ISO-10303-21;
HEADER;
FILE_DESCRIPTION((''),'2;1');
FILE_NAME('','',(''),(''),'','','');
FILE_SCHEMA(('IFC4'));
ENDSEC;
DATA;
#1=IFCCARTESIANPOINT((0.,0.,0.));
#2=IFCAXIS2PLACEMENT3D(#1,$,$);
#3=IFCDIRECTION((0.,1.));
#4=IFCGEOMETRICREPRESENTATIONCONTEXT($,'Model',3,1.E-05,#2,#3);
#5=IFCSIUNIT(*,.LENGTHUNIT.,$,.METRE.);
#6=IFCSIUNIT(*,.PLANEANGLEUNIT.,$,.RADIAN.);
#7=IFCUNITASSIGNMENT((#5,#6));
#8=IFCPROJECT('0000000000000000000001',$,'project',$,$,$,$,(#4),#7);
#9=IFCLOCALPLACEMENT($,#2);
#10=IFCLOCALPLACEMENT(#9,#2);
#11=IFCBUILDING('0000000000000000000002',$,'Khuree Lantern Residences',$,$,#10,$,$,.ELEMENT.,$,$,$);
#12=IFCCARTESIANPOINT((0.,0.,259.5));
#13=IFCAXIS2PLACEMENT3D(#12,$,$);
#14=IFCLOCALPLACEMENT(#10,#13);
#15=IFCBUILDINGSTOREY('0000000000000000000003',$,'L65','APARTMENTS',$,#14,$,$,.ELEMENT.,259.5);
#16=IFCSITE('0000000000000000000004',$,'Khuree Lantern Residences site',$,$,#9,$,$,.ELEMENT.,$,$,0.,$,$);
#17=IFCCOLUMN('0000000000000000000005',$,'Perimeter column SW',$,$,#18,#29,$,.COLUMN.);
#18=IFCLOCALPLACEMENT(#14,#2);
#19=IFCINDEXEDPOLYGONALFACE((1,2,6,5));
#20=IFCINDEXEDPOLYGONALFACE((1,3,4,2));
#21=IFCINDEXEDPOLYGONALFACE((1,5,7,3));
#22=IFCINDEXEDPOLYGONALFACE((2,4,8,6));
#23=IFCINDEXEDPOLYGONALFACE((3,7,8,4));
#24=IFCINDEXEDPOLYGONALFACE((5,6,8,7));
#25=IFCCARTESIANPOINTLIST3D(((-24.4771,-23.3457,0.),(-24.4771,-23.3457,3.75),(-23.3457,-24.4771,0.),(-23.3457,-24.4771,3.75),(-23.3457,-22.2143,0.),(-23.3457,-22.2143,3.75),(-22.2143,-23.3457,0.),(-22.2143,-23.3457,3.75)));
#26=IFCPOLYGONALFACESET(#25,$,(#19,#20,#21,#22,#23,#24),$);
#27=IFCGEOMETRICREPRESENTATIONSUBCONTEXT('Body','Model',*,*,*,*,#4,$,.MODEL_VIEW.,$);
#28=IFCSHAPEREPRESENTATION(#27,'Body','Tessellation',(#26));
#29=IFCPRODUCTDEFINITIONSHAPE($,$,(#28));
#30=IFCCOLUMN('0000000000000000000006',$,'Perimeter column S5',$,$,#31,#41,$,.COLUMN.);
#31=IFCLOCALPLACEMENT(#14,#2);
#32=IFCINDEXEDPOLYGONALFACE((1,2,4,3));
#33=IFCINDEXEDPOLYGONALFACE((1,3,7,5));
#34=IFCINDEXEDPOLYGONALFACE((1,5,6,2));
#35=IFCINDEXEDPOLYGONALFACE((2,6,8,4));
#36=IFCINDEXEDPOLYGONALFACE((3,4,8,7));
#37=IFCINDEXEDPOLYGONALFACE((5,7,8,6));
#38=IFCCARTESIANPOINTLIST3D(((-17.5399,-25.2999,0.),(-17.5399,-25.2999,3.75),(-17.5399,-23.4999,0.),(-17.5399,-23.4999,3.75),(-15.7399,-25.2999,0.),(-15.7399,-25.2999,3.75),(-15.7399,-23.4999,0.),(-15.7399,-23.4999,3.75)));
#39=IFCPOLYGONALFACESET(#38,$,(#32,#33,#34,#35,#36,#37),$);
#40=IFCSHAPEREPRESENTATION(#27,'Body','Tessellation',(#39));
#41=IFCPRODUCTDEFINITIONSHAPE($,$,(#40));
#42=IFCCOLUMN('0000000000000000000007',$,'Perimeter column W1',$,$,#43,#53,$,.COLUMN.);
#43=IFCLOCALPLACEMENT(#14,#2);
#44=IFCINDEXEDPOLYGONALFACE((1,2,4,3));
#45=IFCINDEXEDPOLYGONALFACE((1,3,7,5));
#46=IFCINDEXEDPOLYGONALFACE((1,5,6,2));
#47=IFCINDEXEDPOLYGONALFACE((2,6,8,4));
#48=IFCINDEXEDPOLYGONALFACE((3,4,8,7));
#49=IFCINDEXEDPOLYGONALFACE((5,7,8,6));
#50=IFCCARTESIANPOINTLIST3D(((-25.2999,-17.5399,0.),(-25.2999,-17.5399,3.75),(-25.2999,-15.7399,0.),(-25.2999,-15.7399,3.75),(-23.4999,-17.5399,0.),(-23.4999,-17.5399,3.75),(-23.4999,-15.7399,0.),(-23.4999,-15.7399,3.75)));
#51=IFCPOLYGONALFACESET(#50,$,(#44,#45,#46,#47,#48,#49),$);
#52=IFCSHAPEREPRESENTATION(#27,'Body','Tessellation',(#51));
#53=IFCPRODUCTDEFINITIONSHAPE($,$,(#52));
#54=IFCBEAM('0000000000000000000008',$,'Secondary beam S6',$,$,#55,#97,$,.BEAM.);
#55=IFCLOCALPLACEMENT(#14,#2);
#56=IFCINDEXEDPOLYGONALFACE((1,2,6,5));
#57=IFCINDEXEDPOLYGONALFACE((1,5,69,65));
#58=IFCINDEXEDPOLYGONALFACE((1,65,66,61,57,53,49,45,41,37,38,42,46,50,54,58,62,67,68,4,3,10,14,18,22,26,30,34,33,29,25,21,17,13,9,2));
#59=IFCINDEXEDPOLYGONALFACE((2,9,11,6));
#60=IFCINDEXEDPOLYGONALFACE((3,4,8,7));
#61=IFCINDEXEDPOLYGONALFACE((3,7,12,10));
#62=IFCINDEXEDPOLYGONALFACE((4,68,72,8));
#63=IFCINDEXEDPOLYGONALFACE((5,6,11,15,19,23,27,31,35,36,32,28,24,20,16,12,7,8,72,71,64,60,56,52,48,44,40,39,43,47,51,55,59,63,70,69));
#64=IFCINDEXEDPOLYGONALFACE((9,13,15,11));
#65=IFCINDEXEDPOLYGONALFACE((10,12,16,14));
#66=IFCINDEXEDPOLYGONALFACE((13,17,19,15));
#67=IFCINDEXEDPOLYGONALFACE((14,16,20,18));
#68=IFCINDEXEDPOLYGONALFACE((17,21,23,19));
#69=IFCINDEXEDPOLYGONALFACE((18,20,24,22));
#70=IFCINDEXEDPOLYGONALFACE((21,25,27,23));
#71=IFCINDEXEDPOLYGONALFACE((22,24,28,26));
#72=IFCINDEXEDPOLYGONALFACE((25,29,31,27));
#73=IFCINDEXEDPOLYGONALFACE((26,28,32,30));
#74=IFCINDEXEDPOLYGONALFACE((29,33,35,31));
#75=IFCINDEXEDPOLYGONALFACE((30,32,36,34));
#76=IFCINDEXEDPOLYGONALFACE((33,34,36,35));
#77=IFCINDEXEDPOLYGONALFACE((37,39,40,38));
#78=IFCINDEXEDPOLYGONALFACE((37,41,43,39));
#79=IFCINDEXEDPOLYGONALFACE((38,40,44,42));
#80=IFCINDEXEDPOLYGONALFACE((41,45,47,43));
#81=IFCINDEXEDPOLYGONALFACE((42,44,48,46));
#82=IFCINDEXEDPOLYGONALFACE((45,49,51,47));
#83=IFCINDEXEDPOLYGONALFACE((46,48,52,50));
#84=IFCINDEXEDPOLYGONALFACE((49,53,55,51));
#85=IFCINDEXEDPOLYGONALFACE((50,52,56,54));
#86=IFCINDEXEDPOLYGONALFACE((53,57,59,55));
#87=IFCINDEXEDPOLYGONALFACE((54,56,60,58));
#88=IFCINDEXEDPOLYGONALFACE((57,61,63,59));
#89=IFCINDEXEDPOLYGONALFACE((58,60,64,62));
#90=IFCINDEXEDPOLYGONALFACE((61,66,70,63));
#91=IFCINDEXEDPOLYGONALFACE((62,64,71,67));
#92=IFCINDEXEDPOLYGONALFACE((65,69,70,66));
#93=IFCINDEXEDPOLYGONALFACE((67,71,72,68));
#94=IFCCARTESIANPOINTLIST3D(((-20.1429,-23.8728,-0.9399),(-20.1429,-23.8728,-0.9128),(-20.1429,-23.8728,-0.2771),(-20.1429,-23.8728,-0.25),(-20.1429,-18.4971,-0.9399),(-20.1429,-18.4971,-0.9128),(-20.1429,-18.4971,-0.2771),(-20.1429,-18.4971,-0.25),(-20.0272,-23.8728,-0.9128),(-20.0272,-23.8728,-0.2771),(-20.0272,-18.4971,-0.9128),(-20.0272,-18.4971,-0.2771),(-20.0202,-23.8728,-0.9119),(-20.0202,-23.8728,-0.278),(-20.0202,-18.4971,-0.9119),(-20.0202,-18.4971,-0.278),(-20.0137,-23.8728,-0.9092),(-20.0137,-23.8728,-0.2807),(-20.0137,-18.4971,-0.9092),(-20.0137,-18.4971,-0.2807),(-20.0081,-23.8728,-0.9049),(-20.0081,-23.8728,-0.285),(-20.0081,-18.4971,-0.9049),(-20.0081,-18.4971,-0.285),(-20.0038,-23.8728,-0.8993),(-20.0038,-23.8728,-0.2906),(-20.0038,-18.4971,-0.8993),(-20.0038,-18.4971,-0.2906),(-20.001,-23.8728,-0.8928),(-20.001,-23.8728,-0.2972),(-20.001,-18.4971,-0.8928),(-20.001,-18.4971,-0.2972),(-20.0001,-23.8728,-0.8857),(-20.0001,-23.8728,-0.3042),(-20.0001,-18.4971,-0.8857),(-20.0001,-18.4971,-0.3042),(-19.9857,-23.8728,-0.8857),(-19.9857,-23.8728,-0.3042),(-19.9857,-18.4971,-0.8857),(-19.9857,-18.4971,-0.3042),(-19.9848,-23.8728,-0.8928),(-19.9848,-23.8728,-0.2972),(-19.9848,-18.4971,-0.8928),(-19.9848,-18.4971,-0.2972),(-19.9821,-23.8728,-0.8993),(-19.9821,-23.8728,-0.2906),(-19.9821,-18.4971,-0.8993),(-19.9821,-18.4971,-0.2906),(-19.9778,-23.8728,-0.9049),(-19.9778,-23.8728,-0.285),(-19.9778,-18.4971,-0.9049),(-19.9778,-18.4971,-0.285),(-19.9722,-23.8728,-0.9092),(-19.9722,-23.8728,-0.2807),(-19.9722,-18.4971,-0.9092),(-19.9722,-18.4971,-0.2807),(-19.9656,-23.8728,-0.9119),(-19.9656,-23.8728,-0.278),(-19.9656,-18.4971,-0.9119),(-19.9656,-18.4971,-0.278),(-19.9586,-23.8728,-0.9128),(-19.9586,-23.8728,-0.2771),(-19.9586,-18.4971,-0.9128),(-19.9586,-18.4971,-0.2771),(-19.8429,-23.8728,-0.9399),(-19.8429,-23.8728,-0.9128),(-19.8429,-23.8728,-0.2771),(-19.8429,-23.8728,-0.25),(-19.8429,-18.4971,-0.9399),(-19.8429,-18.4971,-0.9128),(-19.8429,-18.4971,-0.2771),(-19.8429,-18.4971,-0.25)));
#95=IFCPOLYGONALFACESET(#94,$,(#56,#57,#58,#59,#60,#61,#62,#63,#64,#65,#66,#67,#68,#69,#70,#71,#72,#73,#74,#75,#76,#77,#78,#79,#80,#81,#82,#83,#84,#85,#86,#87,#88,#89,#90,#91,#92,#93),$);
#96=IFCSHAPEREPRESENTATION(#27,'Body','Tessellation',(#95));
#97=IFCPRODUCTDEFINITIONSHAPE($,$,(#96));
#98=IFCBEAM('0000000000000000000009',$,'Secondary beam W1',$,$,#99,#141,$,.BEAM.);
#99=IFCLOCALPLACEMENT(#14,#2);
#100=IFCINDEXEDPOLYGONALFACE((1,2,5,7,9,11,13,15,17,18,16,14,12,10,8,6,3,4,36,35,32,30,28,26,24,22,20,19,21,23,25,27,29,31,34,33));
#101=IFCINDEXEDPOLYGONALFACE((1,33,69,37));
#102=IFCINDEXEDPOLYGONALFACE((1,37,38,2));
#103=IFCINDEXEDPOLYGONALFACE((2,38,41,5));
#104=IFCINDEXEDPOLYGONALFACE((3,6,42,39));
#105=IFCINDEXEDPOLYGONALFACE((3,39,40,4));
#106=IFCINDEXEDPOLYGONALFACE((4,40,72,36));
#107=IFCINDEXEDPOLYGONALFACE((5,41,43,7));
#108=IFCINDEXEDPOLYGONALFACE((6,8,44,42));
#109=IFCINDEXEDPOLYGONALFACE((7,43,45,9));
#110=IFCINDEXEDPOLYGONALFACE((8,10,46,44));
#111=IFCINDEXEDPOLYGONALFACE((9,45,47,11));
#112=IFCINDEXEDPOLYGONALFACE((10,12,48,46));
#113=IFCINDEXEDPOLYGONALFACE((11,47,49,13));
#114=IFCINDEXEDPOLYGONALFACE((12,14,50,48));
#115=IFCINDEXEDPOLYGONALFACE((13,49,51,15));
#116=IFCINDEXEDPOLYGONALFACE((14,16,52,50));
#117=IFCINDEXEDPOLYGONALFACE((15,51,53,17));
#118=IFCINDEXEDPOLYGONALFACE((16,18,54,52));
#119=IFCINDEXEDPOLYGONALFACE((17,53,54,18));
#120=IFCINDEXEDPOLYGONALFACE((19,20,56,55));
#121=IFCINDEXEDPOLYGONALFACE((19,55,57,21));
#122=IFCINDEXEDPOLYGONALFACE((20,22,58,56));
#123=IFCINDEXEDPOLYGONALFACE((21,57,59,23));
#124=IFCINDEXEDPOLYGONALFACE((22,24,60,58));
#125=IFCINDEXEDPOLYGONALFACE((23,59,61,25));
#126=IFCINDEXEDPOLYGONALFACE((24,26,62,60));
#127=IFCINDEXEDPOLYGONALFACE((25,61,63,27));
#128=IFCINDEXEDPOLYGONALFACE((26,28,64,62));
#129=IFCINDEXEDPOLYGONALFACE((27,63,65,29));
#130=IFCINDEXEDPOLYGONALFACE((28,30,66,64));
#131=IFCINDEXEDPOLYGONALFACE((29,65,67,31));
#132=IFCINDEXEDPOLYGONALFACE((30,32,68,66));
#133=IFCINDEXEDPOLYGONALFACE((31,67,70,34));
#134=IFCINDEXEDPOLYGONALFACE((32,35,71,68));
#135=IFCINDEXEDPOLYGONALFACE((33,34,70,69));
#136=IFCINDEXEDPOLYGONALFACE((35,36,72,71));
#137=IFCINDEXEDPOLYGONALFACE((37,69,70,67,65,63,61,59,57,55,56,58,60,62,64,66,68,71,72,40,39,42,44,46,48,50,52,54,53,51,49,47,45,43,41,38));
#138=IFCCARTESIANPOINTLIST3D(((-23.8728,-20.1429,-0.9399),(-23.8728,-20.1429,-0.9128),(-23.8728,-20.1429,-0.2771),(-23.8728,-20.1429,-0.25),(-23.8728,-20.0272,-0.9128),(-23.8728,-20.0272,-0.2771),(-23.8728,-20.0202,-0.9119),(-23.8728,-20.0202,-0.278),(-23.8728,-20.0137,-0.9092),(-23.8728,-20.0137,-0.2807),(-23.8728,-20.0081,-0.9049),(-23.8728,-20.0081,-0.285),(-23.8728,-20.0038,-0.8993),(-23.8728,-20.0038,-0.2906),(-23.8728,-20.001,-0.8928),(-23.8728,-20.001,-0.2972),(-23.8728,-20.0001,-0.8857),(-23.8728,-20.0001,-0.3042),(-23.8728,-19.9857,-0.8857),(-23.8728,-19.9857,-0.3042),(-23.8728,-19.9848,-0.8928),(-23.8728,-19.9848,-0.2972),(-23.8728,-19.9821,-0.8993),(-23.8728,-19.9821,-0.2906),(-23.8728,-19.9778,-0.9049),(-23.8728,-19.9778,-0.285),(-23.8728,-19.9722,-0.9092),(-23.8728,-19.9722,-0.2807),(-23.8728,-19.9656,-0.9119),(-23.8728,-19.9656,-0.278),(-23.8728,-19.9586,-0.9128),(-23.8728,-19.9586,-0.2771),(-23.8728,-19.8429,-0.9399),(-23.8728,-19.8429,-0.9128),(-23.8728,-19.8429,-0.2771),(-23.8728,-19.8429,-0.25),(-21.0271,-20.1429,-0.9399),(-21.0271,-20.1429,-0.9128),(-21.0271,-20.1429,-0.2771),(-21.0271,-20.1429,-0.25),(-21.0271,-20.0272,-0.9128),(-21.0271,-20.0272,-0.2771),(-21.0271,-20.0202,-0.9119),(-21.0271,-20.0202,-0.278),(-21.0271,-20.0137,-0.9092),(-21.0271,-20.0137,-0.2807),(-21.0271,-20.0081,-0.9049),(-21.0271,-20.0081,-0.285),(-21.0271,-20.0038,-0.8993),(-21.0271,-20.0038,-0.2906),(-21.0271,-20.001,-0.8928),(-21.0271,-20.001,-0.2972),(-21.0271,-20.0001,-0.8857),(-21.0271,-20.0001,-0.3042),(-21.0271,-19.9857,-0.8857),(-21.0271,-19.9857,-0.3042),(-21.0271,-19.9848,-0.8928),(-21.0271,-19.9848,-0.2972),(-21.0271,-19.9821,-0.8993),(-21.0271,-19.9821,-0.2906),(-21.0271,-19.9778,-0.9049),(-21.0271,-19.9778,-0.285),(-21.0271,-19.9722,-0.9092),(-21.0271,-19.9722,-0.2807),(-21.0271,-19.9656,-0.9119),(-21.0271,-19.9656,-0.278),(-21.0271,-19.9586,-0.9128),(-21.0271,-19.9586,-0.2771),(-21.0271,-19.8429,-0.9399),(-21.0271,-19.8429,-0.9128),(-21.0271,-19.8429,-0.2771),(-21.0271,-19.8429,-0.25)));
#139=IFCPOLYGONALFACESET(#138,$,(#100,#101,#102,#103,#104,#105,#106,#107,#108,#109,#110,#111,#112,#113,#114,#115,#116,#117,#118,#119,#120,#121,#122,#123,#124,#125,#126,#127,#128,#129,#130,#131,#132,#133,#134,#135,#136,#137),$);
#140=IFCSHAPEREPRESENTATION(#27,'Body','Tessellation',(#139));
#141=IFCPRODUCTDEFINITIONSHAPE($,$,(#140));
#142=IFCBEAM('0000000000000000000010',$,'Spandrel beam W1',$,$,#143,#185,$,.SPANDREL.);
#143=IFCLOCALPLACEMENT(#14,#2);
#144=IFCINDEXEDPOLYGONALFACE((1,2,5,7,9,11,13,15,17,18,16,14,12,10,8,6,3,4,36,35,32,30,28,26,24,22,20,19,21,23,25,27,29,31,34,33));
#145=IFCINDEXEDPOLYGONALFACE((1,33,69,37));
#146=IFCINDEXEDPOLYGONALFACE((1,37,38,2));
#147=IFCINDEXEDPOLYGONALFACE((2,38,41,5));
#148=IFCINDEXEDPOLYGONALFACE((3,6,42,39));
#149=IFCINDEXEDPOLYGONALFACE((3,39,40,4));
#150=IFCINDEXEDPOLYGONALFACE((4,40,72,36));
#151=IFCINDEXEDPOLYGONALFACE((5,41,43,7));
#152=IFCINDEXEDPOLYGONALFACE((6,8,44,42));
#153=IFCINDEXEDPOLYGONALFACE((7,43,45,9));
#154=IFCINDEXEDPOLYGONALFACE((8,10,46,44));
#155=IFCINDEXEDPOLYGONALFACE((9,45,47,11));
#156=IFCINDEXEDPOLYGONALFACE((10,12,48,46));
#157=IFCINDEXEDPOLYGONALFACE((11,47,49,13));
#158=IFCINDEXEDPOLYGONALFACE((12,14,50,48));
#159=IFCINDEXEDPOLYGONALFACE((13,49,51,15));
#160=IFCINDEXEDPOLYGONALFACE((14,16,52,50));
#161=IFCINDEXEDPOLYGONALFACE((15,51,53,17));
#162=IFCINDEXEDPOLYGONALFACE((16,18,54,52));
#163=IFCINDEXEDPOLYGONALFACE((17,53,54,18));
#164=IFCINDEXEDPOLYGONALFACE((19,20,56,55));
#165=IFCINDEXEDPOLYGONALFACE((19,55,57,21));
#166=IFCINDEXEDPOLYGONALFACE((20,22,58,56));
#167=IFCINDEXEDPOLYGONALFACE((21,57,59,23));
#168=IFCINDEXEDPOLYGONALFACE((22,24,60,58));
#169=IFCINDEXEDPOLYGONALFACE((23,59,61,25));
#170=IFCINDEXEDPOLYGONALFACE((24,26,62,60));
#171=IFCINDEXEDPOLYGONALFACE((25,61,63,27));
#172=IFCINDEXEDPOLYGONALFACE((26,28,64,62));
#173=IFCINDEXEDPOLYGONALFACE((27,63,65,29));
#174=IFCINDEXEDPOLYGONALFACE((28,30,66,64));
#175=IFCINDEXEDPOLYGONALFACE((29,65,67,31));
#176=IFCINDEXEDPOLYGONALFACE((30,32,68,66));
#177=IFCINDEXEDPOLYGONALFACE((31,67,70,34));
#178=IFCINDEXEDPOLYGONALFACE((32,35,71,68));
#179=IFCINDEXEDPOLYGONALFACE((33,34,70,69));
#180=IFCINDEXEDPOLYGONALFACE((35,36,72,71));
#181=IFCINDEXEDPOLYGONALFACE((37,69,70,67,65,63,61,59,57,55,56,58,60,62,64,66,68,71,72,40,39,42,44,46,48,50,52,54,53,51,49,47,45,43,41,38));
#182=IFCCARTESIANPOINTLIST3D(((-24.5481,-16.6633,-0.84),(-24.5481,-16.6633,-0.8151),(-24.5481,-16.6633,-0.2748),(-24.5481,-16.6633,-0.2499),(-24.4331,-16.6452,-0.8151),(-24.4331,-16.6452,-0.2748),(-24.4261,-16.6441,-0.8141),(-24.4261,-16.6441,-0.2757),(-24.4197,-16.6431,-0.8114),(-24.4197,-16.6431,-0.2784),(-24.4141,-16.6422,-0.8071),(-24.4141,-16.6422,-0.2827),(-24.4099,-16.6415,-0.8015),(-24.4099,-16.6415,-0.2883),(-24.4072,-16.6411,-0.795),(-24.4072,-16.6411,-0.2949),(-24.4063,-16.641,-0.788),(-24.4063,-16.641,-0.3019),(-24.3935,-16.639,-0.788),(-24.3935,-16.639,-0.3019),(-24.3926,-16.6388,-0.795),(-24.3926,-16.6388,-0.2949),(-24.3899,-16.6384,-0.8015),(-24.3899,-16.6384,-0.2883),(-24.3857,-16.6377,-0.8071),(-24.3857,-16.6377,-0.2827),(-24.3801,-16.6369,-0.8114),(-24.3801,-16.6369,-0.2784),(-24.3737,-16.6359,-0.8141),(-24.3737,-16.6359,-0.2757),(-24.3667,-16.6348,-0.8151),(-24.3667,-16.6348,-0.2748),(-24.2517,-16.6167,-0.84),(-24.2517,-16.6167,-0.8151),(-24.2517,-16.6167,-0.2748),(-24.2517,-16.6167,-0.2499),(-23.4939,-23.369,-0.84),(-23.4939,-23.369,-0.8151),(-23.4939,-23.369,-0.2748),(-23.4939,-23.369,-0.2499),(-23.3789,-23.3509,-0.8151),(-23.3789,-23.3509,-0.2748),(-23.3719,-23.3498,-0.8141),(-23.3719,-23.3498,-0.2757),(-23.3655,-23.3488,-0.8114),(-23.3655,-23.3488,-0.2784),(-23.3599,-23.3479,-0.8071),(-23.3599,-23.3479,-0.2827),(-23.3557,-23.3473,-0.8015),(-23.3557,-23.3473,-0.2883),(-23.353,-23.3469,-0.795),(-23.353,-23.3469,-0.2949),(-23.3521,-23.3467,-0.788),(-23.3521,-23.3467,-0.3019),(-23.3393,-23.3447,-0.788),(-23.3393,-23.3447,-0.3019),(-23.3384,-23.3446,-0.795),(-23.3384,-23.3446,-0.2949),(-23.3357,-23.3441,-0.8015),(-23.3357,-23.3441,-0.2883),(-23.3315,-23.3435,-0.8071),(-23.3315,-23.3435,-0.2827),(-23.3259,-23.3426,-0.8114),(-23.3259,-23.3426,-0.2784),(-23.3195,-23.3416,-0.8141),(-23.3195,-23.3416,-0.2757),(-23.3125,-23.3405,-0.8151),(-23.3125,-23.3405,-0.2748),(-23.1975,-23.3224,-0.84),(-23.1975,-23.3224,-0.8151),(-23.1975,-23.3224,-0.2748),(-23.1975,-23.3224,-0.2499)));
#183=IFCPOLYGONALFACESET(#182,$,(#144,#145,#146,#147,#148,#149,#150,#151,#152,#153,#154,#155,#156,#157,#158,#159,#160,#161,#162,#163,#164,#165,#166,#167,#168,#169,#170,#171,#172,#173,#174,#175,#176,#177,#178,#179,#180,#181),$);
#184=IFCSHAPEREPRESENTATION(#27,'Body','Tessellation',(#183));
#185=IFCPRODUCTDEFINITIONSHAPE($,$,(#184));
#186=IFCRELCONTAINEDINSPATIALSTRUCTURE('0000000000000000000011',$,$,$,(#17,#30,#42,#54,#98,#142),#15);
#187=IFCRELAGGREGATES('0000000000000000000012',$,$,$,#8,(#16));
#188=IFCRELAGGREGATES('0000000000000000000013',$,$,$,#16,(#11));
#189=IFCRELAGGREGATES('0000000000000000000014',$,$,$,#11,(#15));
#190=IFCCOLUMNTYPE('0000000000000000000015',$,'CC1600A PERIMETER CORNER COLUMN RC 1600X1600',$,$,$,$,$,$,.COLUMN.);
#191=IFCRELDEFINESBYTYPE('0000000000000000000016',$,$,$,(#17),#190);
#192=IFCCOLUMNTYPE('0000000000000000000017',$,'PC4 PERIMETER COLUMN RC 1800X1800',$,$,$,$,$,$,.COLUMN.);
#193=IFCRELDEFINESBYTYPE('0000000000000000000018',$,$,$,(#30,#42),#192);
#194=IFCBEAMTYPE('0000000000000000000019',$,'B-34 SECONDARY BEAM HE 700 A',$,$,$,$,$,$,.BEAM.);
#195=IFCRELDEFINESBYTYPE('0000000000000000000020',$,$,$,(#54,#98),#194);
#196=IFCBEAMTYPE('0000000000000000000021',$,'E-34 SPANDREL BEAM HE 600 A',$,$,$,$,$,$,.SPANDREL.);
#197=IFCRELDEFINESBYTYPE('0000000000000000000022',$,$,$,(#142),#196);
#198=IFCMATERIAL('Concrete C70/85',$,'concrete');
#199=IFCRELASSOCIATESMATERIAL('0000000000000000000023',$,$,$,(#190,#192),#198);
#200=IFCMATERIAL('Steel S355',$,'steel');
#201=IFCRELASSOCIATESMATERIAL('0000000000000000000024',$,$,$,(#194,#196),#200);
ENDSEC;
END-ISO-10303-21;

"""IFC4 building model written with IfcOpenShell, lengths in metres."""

from ifc_helpers import new_model, si_unit, direction, frame, origin, origin_2d, place, context, subcontext, project, spatial, rectangle, i_section, extrude, material, material_profile, profile_set, type_object, element, save


model = new_model("IFC4")

# Units and contexts
model_context = context("Model", 3, precision=1e-05, world=origin(), true_north=direction((0.0, 1.0)))
body_context = subcontext(model_context, "Body", "Model", "MODEL_VIEW")
ifc_project = project(units=[si_unit("LENGTHUNIT", "METRE"), si_unit("PLANEANGLEUNIT", "RADIAN")], contexts=[model_context])

# Site, building, storey
site_placement = place(None, origin())
site = spatial("IfcSite", under=ifc_project, at=site_placement, Name="Khuree Lantern Residences site", CompositionType="ELEMENT", RefElevation=0.0)
building_placement = place(site_placement, origin())
building = spatial("IfcBuilding", under=site, at=building_placement, Name="Khuree Lantern Residences", CompositionType="ELEMENT")
storey_placement = place(building_placement, frame((0.0, 0.0, 259.5)))
storey = spatial("IfcBuildingStorey", under=building, at=storey_placement, Name="L65", Description="APARTMENTS", CompositionType="ELEMENT", Elevation=259.5)

# Columns
ifc_material_1 = material(Name="Concrete C70/85", Category="concrete")
ifc_material_profile_1 = material_profile(ifc_material_1, rectangle(XDim=1.6001, YDim=1.6001, at=origin_2d()), Name="RC 1600X1600")
ifc_profile_set_1 = profile_set([ifc_material_profile_1], Name="Concrete C70/85")
column_type_1 = type_object("IfcColumnType", Name="CC1600A PERIMETER CORNER COLUMN RC 1600X1600", PredefinedType="COLUMN", material=ifc_profile_set_1)
column_placement = place(storey_placement, frame((-23.3457, -23.3457, 0.0), z_axis=(0.0, 0.0, 1.0), x_axis=(0.707107, -0.707107, 0.0)))
element("IfcColumn", 1, at=column_placement, inside=storey, type_object=column_type_1, Name="Perimeter column SW", PredefinedType="COLUMN", context=body_context, shape_type="SweptSolid", body=[
    extrude(rectangle(XDim=1.6001, YDim=1.6001, at=origin_2d()), origin(), (0.0, 0.0, 1.0), 3.75),
])
ifc_material_profile_2 = material_profile(ifc_material_1, rectangle(XDim=1.8, YDim=1.8, at=origin_2d()), Name="RC 1800X1800")
ifc_profile_set_2 = profile_set([ifc_material_profile_2], Name="Concrete C70/85")
column_type_2 = type_object("IfcColumnType", Name="PC4 PERIMETER COLUMN RC 1800X1800", PredefinedType="COLUMN", material=ifc_profile_set_2)
for number, where, z_axis, x_axis, name in (
    (2, (-16.6399, -24.3999, 0.0), (0.0, 0.0, 1.0), (1.0, 0.0, 0.0), "Perimeter column S5"),
    (3, (-24.3999, -16.6399, 0.0), (0.0, 0.0, 1.0), (0.0, 1.0, 0.0), "Perimeter column W1"),
):
    element("IfcColumn", number, at=place(storey_placement, frame(where, z_axis=z_axis, x_axis=x_axis)), inside=storey, type_object=column_type_2, Name=name, PredefinedType="COLUMN", context=body_context, shape_type="SweptSolid", body=[
        extrude(rectangle(XDim=1.8, YDim=1.8, at=origin_2d()), origin(), (0.0, 0.0, 1.0), 3.75),
    ])

# Beams
ifc_material_2 = material(Name="Steel S355", Category="steel")
ifc_material_profile_3 = material_profile(ifc_material_2, i_section(OverallWidth=0.3, OverallDepth=0.6899, WebThickness=0.0144, FlangeThickness=0.0271, FilletRadius=0.0271, at=origin_2d()), Name="HE 700 A")
ifc_profile_set_3 = profile_set([ifc_material_profile_3], Name="Steel S355")
beam_type_1 = type_object("IfcBeamType", Name="B-34 SECONDARY BEAM HE 700 A", PredefinedType="BEAM", material=ifc_profile_set_3)
beam_1_placement = place(storey_placement, frame((-19.9929, -23.8728, -0.595), z_axis=(0.0, 1.0, 0.0), x_axis=(-1.0, 0.0, 0.0)))
element("IfcBeam", 4, at=beam_1_placement, inside=storey, type_object=beam_type_1, Name="Secondary beam S6", PredefinedType="BEAM", context=body_context, shape_type="SweptSolid", body=[
    extrude(i_section(OverallWidth=0.3, OverallDepth=0.6899, WebThickness=0.0144, FlangeThickness=0.0271, FilletRadius=0.0271, at=origin_2d()), origin(), (0.0, 0.0, 1.0), 5.3757),
])
beam_2_placement = place(storey_placement, frame((-23.8728, -19.9929, -0.595), z_axis=(1.0, 0.0, 0.0), x_axis=(0.0, 1.0, 0.0)))
element("IfcBeam", 5, at=beam_2_placement, inside=storey, type_object=beam_type_1, Name="Secondary beam W1", PredefinedType="BEAM", context=body_context, shape_type="SweptSolid", body=[
    extrude(i_section(OverallWidth=0.3, OverallDepth=0.6899, WebThickness=0.0144, FlangeThickness=0.0271, FilletRadius=0.0271, at=origin_2d()), origin(), (0.0, 0.0, 1.0), 2.8457),
])
ifc_material_profile_4 = material_profile(ifc_material_2, i_section(OverallWidth=0.3, OverallDepth=0.5901, WebThickness=0.0129, FlangeThickness=0.0249, FilletRadius=0.0271, at=origin_2d()), Name="HE 600 A")
ifc_profile_set_4 = profile_set([ifc_material_profile_4], Name="Steel S355")
beam_type_2 = type_object("IfcBeamType", Name="E-34 SPANDREL BEAM HE 600 A", PredefinedType="SPANDREL", material=ifc_profile_set_4)
beam_3_placement = place(storey_placement, frame((-23.3457, -23.3457, -0.5449), z_axis=(-0.1553, 0.987867, 0.0), x_axis=(-0.987867, -0.1553, 0.0)))
element("IfcBeam", 6, at=beam_3_placement, inside=storey, type_object=beam_type_2, Name="Spandrel beam W1", PredefinedType="SPANDREL", context=body_context, shape_type="SweptSolid", body=[
    extrude(i_section(OverallWidth=0.3, OverallDepth=0.5901, WebThickness=0.0129, FlangeThickness=0.0249, FilletRadius=0.0271, at=origin_2d()), origin(), (0.0, 0.0, 1.0), 6.7881),
])

save(model, "model.ifc")
